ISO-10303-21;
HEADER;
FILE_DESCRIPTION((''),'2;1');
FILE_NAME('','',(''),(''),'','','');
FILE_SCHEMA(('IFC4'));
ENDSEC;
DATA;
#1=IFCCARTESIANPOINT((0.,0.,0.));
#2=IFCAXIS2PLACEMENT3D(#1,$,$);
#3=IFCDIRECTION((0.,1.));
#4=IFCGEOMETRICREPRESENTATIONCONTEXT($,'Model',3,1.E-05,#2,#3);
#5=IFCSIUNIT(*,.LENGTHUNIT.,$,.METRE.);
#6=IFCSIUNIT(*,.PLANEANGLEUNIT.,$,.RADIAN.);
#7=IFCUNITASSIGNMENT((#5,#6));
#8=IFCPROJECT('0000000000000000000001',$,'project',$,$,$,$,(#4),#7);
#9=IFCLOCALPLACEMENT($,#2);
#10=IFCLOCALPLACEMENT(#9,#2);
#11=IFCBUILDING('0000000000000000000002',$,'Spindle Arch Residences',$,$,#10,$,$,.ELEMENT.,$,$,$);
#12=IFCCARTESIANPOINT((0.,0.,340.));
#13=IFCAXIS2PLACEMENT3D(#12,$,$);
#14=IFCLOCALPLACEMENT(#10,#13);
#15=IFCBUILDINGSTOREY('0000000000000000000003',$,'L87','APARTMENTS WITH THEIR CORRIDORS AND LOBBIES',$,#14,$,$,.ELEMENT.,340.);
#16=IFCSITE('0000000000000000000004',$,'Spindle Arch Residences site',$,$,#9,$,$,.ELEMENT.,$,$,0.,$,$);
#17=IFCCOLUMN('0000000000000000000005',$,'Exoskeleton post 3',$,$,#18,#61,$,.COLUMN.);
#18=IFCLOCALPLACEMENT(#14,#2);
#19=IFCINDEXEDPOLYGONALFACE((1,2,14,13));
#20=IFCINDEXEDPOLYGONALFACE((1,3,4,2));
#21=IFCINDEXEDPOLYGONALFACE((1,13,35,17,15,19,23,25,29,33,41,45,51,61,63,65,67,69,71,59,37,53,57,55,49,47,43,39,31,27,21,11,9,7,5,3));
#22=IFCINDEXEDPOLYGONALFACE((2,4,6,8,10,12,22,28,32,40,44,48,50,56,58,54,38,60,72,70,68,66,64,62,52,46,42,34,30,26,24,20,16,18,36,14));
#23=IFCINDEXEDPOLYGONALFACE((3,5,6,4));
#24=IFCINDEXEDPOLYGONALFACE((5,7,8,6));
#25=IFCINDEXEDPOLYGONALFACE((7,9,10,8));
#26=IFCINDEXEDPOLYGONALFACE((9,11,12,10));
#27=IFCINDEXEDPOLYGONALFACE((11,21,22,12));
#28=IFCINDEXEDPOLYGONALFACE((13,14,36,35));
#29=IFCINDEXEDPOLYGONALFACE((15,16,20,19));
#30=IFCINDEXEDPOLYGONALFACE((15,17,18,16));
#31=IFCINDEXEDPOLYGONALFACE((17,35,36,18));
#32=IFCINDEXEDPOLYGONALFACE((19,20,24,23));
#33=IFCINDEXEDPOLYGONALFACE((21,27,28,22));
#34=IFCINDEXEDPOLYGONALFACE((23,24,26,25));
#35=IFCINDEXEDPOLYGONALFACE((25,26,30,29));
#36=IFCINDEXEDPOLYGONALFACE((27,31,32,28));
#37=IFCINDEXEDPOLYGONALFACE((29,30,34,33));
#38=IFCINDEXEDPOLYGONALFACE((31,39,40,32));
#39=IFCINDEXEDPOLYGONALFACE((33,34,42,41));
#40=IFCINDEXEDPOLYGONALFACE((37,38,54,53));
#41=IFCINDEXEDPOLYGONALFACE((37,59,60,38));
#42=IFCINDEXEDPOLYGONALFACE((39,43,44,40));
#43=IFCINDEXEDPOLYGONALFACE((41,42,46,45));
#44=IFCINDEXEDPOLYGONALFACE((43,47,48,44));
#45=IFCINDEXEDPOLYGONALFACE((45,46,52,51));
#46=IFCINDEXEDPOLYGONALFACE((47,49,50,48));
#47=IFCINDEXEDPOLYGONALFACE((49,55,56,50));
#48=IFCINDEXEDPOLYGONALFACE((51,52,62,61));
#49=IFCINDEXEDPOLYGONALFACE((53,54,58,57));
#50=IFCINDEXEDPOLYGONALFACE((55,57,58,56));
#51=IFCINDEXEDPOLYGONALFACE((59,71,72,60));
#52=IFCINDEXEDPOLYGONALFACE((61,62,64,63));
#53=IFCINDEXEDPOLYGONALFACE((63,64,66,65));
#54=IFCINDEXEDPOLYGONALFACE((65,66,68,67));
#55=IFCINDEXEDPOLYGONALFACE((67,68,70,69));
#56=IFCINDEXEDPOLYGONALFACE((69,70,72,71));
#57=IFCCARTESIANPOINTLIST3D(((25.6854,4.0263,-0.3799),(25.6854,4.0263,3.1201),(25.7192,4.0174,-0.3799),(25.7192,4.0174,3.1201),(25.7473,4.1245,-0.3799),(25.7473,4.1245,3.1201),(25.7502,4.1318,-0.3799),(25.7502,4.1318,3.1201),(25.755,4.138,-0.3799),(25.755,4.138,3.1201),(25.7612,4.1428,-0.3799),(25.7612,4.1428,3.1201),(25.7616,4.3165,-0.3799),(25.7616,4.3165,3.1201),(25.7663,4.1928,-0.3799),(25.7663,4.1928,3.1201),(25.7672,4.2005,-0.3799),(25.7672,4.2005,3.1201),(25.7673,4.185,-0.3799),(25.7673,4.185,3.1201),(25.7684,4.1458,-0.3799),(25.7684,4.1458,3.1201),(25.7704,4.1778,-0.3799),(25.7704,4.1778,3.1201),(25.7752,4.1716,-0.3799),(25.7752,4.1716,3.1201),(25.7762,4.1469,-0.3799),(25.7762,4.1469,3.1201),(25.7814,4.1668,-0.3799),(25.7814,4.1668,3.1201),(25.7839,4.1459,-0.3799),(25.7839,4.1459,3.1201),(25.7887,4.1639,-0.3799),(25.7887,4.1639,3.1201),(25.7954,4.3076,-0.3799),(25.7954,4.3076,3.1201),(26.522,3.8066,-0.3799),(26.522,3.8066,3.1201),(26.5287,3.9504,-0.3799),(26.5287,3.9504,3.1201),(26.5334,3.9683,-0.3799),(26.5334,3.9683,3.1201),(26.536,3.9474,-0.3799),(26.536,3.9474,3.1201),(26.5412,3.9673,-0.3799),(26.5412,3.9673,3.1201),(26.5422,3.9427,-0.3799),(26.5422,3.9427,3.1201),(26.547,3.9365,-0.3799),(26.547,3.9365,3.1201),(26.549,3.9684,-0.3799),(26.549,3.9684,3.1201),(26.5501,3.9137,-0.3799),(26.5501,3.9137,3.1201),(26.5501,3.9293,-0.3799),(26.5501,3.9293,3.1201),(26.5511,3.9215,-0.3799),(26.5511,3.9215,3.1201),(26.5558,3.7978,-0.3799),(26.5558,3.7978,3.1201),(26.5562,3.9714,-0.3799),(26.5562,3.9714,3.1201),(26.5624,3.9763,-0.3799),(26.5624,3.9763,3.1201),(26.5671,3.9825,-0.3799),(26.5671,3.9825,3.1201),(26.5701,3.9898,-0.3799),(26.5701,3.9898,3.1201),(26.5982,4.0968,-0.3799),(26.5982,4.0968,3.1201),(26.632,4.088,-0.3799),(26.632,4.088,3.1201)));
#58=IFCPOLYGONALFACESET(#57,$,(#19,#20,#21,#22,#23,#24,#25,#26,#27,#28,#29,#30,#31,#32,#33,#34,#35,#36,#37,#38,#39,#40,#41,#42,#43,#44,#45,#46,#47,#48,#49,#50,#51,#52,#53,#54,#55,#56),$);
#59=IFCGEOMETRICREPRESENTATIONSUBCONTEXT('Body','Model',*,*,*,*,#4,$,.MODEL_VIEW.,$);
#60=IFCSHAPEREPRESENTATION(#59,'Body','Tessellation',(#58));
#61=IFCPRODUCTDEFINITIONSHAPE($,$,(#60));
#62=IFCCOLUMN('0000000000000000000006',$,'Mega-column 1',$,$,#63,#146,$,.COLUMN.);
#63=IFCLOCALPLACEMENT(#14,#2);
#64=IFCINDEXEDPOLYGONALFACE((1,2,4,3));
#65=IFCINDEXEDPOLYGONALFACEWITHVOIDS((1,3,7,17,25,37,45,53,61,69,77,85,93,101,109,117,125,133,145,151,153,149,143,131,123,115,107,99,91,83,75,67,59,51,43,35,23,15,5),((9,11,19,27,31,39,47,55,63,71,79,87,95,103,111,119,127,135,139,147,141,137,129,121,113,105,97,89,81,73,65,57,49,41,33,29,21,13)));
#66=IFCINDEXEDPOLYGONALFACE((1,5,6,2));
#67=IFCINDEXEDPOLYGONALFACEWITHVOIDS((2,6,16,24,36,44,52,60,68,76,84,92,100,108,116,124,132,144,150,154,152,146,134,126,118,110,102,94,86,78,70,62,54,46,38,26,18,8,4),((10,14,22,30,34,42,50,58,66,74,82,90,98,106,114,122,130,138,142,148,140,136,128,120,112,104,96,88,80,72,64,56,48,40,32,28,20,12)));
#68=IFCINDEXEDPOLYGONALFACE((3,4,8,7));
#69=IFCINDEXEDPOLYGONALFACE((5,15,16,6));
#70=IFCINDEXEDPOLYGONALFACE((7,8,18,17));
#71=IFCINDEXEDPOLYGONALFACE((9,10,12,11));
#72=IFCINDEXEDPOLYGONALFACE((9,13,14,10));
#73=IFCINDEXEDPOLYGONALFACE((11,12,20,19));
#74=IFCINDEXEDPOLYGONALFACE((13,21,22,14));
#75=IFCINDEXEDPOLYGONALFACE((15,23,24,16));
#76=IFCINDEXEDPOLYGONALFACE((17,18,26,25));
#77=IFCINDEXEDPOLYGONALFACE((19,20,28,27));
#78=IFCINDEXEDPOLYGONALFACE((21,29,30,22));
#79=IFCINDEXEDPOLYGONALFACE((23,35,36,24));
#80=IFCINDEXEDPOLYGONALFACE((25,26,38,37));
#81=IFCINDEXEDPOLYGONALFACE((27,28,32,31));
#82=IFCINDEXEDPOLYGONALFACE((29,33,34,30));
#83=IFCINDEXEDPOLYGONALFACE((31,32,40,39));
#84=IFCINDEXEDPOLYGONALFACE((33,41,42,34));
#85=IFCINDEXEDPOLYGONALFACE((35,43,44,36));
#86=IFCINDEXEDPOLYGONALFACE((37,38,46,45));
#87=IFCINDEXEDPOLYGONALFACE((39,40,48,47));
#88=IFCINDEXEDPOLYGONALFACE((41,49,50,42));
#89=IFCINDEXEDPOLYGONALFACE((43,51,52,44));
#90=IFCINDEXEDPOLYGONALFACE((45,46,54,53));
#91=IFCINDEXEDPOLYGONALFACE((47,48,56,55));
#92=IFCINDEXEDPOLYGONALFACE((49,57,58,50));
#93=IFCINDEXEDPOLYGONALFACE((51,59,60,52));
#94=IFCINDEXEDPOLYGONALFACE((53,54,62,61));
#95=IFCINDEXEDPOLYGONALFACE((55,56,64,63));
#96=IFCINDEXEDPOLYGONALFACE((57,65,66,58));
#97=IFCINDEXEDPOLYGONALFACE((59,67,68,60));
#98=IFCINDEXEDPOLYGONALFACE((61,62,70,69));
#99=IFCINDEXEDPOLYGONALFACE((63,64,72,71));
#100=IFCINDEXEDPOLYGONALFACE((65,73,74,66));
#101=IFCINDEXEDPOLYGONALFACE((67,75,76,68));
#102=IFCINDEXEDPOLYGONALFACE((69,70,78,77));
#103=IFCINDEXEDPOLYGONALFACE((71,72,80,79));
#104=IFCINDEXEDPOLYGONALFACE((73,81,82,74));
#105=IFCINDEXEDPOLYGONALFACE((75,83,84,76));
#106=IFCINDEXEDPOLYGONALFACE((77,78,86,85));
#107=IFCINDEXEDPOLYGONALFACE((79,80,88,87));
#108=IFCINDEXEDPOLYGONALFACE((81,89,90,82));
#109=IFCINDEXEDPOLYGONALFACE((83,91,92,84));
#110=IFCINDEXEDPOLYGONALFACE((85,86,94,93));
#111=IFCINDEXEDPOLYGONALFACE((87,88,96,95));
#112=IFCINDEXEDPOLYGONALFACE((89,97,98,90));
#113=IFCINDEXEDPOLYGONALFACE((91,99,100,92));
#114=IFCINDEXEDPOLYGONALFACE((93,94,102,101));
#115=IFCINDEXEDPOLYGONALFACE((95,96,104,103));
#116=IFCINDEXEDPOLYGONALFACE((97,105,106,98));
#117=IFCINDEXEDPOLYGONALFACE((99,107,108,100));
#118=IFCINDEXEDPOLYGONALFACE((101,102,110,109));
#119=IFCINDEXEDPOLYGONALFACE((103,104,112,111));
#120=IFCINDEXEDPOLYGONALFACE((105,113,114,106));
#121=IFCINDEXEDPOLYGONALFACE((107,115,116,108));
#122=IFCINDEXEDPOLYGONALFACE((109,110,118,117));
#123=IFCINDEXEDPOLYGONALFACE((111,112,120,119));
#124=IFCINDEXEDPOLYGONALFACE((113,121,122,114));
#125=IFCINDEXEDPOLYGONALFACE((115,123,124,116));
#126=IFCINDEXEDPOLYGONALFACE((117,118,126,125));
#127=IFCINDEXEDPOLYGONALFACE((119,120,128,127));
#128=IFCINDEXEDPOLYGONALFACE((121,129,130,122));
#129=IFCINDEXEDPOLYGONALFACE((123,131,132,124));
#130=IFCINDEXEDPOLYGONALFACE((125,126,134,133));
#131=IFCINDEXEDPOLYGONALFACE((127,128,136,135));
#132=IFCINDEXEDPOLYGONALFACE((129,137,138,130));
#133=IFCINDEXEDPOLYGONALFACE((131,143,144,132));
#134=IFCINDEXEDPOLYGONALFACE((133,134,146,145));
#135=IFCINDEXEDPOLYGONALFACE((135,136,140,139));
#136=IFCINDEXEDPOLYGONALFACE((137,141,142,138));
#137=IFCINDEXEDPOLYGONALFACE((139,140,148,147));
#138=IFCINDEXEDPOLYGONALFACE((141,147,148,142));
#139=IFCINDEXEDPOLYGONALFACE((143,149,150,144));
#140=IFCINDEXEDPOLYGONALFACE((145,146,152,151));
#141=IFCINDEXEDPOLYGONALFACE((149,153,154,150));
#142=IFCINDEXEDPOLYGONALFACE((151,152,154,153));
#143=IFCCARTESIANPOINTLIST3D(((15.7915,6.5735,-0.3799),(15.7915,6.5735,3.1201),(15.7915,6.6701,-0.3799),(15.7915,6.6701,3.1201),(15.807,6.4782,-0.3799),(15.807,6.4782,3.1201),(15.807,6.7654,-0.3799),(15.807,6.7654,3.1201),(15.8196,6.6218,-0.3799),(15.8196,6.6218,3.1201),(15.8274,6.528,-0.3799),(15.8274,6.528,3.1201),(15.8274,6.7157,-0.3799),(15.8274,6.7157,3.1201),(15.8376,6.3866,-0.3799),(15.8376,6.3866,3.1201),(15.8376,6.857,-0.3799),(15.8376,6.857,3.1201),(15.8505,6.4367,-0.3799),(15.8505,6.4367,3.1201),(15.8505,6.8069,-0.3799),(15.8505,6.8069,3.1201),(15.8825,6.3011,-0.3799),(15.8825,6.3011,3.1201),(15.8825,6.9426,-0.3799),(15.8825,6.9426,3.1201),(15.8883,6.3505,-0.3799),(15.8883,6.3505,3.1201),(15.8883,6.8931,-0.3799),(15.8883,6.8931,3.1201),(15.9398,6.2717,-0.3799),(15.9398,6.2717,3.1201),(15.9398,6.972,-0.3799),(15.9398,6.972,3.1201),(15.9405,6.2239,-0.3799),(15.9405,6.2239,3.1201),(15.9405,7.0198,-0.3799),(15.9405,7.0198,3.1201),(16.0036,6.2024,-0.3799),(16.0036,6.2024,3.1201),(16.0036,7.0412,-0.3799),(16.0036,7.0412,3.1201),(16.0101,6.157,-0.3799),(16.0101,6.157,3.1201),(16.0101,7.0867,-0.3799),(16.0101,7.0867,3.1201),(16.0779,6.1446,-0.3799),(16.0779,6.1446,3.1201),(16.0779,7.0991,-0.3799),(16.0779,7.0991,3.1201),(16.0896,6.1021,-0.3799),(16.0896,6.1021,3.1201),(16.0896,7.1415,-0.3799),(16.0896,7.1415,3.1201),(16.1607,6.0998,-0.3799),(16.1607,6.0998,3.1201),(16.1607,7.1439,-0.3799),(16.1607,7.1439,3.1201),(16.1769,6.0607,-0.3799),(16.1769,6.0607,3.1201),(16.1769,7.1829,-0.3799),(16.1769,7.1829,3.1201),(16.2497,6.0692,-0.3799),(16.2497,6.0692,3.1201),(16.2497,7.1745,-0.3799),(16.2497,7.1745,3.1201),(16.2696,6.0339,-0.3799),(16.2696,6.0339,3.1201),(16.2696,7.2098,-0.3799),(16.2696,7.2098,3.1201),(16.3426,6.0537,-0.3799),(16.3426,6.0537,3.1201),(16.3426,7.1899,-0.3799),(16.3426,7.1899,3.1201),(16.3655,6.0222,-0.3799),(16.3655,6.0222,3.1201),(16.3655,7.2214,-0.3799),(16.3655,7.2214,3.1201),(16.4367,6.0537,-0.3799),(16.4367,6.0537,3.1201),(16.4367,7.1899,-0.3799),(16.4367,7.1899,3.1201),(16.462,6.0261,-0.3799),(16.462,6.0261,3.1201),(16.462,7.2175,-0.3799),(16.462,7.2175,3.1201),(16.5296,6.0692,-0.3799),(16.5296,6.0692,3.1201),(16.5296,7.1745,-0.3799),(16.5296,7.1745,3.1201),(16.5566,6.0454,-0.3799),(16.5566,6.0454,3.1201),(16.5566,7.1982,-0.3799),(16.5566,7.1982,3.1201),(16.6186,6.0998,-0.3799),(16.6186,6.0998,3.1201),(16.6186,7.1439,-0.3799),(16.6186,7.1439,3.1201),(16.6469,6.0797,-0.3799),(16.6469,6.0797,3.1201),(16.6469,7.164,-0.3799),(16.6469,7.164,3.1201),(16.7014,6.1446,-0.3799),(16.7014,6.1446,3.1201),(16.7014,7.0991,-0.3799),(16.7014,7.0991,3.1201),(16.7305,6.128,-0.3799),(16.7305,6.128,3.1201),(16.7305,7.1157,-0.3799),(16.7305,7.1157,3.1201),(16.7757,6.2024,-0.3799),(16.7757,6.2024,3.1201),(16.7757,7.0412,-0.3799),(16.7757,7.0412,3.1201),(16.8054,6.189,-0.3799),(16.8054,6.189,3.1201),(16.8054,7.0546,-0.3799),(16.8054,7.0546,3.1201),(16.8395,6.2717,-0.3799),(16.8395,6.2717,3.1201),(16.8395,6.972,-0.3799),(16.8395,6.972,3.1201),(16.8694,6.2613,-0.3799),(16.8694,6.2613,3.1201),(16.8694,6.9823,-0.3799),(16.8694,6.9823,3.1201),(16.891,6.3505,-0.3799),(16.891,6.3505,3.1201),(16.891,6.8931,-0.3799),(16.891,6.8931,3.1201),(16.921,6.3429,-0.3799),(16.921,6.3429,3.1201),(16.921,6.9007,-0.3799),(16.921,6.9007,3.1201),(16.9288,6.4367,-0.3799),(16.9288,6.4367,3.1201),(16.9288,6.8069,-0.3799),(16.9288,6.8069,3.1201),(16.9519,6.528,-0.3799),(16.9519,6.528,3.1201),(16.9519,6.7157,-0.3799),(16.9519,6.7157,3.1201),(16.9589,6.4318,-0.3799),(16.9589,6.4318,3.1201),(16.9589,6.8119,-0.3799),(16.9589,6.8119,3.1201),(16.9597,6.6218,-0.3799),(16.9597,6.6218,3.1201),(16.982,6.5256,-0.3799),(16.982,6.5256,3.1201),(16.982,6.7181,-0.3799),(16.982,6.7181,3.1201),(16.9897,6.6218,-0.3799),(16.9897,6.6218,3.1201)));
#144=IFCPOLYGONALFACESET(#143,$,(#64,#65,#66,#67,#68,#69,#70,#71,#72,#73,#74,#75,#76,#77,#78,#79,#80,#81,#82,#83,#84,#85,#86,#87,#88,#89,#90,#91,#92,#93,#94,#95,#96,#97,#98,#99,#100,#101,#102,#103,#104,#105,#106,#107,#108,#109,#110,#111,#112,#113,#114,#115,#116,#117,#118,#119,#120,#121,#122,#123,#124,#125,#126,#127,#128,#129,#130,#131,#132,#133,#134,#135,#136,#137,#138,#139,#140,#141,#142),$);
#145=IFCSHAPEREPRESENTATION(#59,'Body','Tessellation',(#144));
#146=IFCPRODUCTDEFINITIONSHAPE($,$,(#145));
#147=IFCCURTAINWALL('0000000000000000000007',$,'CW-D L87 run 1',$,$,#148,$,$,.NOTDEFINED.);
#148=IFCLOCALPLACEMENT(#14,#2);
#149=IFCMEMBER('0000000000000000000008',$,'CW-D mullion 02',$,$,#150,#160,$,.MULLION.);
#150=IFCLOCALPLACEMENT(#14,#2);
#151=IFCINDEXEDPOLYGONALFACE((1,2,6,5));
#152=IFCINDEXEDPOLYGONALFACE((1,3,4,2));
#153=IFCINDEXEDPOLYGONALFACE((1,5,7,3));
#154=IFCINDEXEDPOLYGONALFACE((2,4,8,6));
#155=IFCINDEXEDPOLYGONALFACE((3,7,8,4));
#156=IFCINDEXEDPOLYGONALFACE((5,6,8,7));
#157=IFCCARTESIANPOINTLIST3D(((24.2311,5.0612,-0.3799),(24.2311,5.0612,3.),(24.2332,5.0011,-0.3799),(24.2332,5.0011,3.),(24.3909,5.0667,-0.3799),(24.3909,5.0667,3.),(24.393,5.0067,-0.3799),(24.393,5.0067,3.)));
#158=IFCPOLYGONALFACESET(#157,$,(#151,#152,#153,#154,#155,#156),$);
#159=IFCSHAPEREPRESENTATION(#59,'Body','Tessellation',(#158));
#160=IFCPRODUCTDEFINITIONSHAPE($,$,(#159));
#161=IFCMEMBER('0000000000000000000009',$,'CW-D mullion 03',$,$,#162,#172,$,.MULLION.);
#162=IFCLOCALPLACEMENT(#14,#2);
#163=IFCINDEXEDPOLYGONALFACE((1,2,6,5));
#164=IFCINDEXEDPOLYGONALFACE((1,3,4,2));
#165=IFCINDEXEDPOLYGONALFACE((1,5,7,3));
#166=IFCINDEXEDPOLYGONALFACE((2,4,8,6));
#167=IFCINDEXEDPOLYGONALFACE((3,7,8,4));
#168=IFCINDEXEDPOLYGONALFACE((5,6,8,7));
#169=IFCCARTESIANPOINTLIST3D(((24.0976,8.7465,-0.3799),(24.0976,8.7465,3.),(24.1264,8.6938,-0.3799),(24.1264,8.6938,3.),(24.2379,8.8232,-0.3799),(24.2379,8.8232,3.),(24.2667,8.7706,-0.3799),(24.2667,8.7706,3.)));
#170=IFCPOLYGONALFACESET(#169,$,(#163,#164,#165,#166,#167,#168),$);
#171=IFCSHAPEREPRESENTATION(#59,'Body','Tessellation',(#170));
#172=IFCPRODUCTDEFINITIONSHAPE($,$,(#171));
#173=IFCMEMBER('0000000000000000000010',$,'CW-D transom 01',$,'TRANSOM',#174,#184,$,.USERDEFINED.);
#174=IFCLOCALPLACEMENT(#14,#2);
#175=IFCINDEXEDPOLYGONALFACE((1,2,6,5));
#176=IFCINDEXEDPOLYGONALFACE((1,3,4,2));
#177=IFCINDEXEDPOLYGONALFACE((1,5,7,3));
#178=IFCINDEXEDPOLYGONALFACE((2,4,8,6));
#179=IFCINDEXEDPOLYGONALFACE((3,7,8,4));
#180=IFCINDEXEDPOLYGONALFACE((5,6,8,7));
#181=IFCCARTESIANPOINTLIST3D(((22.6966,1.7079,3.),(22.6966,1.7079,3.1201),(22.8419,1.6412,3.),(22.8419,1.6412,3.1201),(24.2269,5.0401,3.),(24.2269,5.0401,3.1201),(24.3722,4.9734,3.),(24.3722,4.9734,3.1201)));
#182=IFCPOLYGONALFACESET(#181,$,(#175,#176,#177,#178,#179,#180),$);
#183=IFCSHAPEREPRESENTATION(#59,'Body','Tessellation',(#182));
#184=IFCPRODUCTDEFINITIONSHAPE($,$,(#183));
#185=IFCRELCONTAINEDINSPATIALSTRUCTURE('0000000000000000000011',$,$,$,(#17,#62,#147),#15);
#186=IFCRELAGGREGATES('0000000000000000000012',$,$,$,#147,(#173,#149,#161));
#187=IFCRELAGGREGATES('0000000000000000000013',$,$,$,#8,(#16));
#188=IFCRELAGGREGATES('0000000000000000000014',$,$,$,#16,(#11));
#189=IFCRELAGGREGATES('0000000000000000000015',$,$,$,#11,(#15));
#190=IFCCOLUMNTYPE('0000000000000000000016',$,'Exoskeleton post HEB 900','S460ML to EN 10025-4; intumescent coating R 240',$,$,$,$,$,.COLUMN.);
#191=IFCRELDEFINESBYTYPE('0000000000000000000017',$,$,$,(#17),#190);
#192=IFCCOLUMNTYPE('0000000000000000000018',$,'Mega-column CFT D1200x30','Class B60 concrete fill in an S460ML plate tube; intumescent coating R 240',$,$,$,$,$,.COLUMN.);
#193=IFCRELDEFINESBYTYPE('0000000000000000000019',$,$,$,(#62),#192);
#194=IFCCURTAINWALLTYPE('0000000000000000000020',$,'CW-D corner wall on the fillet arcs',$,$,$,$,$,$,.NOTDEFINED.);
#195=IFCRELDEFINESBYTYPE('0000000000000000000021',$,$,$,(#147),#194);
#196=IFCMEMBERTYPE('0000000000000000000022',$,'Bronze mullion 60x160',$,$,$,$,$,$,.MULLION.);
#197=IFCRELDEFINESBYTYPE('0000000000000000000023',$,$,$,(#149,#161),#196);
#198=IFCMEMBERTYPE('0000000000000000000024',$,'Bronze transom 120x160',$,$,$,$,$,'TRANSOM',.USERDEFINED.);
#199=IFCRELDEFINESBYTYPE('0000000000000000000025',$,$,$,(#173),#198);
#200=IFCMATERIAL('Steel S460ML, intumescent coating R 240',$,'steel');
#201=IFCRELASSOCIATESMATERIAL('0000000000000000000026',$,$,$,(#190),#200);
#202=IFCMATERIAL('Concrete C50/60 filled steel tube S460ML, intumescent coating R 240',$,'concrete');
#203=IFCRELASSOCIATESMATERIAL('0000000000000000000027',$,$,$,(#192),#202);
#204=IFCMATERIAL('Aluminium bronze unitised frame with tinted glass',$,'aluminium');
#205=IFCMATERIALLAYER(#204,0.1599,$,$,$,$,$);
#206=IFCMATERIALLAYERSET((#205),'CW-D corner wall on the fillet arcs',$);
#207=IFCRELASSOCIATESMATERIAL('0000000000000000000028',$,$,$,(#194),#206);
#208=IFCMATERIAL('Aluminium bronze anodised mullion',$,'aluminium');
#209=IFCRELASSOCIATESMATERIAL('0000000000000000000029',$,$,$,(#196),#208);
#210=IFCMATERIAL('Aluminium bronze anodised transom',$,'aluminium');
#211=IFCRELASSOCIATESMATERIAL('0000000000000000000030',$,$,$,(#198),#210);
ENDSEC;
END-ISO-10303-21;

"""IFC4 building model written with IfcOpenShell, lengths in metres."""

from ifc_helpers import new_model, si_unit, direction, frame, origin, origin_2d, place, context, subcontext, project, spatial, rectangle, hollow_circle, i_section, extrude, material, layer, layer_set, material_profile, profile_set, type_object, element, aggregate, save


model = new_model("IFC4")

# Units and contexts
model_context = context("Model", 3, precision=1e-05, world=origin(), true_north=direction((0.0, 1.0)))
body_context = subcontext(model_context, "Body", "Model", "MODEL_VIEW")
ifc_project = project(units=[si_unit("LENGTHUNIT", "METRE"), si_unit("PLANEANGLEUNIT", "RADIAN")], contexts=[model_context])

# Site, building, storey
site_placement = place(None, origin())
site = spatial("IfcSite", under=ifc_project, at=site_placement, Name="Spindle Arch Residences site", CompositionType="ELEMENT", RefElevation=0.0)
building_placement = place(site_placement, origin())
building = spatial("IfcBuilding", under=site, at=building_placement, Name="Spindle Arch Residences", CompositionType="ELEMENT")
storey_placement = place(building_placement, frame((0.0, 0.0, 340.0)))
storey = spatial("IfcBuildingStorey", under=building, at=storey_placement, Name="L87", Description="APARTMENTS WITH THEIR CORRIDORS AND LOBBIES", CompositionType="ELEMENT", Elevation=340.0)

# Columns
ifc_material_1 = material(Name="Steel S460ML, intumescent coating R 240", Category="steel")
ifc_material_profile_1 = material_profile(ifc_material_1, i_section(OverallWidth=0.3, OverallDepth=0.8999, WebThickness=0.0186, FlangeThickness=0.0349, FilletRadius=0.03, at=origin_2d()), Name="HEB 900")
ifc_profile_set_1 = profile_set([ifc_material_profile_1], Name="Steel S460ML, intumescent coating R 240")
column_type_1 = type_object("IfcColumnType", Name="Exoskeleton post HEB 900", Description="S460ML to EN 10025-4; intumescent coating R 240", PredefinedType="COLUMN", material=ifc_profile_set_1)
column_1_placement = place(storey_placement, frame((26.1587, 4.0571, -0.3799), z_axis=(0.0, 0.0, 1.0), x_axis=(-0.253941, -0.96722, 0.0)))
element("IfcColumn", 1, at=column_1_placement, inside=storey, type_object=column_type_1, Name="Exoskeleton post 3", PredefinedType="COLUMN", context=body_context, shape_type="SweptSolid", body=[
    extrude(i_section(OverallWidth=0.3, OverallDepth=0.8999, WebThickness=0.0186, FlangeThickness=0.0349, FilletRadius=0.03, at=origin_2d()), origin(), (0.0, 0.0, 1.0), 3.5),
])
ifc_material_2 = material(Name="Concrete C50/60 filled steel tube S460ML, intumescent coating R 240", Category="concrete")
ifc_material_profile_2 = material_profile(ifc_material_2, hollow_circle(Radius=0.6001, WallThickness=0.03, at=origin_2d()), Name="CFT D1200x30")
ifc_profile_set_2 = profile_set([ifc_material_profile_2], Name="Concrete C50/60 filled steel tube S460ML, intumescent coating R 240")
column_type_2 = type_object("IfcColumnType", Name="Mega-column CFT D1200x30", Description="Class B60 concrete fill in an S460ML plate tube; intumescent coating R 240", PredefinedType="COLUMN", material=ifc_profile_set_2)
column_2_placement = place(storey_placement, frame((16.3896, 6.6218, -0.3799), z_axis=(0.0, 0.0, 1.0), x_axis=(1.0, 0.0, 0.0)))
element("IfcColumn", 2, at=column_2_placement, inside=storey, type_object=column_type_2, Name="Mega-column 1", PredefinedType="COLUMN", context=body_context, shape_type="SweptSolid", body=[
    extrude(hollow_circle(Radius=0.6001, WallThickness=0.03, at=origin_2d()), origin(), (0.0, 0.0, 1.0), 3.5),
])

# Curtain wall, members
ifc_material_3 = material(Name="Aluminium bronze unitised frame with tinted glass", Category="aluminium")
ifc_layer_1 = layer(ifc_material_3, 0.1599)
ifc_layer_set_1 = layer_set([ifc_layer_1], Name="CW-D corner wall on the fillet arcs")
curtain_wall_type = type_object("IfcCurtainWallType", Name="CW-D corner wall on the fillet arcs", PredefinedType="NOTDEFINED", material=ifc_layer_set_1)
curtain_wall_placement = place(storey_placement, origin())
curtain_wall = element("IfcCurtainWall", 3, at=curtain_wall_placement, inside=storey, type_object=curtain_wall_type, Name="CW-D L87 run 1", PredefinedType="NOTDEFINED")
ifc_material_4 = material(Name="Aluminium bronze anodised mullion", Category="aluminium")
ifc_material_profile_3 = material_profile(ifc_material_4, rectangle(XDim=0.1599, YDim=0.0601, at=origin_2d()), Name="MU 60x160")
ifc_profile_set_3 = profile_set([ifc_material_profile_3], Name="Aluminium bronze anodised mullion")
member_type_1 = type_object("IfcMemberType", Name="Bronze mullion 60x160", PredefinedType="MULLION", material=ifc_profile_set_3)
member_1_placement = place(storey_placement, frame((24.312, 5.0339, -0.3799), z_axis=(0.0, 0.0, 1.0), x_axis=(-0.999391, -0.034899, 0.0)))
member_1 = element("IfcMember", 4, at=member_1_placement, type_object=member_type_1, Name="CW-D mullion 02", PredefinedType="MULLION", context=body_context, shape_type="SweptSolid", body=[
    extrude(rectangle(XDim=0.1599, YDim=0.0601, at=origin_2d()), origin(), (0.0, 0.0, 1.0), 3.3799),
])
member_2_placement = place(storey_placement, frame((24.1821, 8.7585, -0.3799), z_axis=(0.0, 0.0, 1.0), x_axis=(-0.877425, -0.479713, 0.0)))
member_2 = element("IfcMember", 5, at=member_2_placement, type_object=member_type_1, Name="CW-D mullion 03", PredefinedType="MULLION", context=body_context, shape_type="SweptSolid", body=[
    extrude(rectangle(XDim=0.1599, YDim=0.0601, at=origin_2d()), origin(), (0.0, 0.0, 1.0), 3.3799),
])
ifc_material_5 = material(Name="Aluminium bronze anodised transom", Category="aluminium")
ifc_material_profile_4 = material_profile(ifc_material_5, rectangle(XDim=0.1599, YDim=0.1201, at=origin_2d()), Name="TR 120x160")
ifc_profile_set_4 = profile_set([ifc_material_profile_4], Name="Aluminium bronze anodised transom")
member_type_2 = type_object("IfcMemberType", Name="Bronze transom 120x160", ElementType="TRANSOM", PredefinedType="USERDEFINED", material=ifc_profile_set_4)
member_3_placement = place(storey_placement, frame((22.7693, 1.6746, 3.0601), z_axis=(0.417326, 0.908757, 0.0), x_axis=(-0.908757, 0.417326, 0.0)))
member_3 = element("IfcMember", 6, at=member_3_placement, type_object=member_type_2, Name="CW-D transom 01", ObjectType="TRANSOM", PredefinedType="USERDEFINED", context=body_context, shape_type="SweptSolid", body=[
    extrude(rectangle(XDim=0.1599, YDim=0.1201, at=origin_2d()), origin(), (0.0, 0.0, 1.0), 3.6667),
])

aggregate(curtain_wall, [member_3, member_1, member_2])

save(model, "model.ifc")
